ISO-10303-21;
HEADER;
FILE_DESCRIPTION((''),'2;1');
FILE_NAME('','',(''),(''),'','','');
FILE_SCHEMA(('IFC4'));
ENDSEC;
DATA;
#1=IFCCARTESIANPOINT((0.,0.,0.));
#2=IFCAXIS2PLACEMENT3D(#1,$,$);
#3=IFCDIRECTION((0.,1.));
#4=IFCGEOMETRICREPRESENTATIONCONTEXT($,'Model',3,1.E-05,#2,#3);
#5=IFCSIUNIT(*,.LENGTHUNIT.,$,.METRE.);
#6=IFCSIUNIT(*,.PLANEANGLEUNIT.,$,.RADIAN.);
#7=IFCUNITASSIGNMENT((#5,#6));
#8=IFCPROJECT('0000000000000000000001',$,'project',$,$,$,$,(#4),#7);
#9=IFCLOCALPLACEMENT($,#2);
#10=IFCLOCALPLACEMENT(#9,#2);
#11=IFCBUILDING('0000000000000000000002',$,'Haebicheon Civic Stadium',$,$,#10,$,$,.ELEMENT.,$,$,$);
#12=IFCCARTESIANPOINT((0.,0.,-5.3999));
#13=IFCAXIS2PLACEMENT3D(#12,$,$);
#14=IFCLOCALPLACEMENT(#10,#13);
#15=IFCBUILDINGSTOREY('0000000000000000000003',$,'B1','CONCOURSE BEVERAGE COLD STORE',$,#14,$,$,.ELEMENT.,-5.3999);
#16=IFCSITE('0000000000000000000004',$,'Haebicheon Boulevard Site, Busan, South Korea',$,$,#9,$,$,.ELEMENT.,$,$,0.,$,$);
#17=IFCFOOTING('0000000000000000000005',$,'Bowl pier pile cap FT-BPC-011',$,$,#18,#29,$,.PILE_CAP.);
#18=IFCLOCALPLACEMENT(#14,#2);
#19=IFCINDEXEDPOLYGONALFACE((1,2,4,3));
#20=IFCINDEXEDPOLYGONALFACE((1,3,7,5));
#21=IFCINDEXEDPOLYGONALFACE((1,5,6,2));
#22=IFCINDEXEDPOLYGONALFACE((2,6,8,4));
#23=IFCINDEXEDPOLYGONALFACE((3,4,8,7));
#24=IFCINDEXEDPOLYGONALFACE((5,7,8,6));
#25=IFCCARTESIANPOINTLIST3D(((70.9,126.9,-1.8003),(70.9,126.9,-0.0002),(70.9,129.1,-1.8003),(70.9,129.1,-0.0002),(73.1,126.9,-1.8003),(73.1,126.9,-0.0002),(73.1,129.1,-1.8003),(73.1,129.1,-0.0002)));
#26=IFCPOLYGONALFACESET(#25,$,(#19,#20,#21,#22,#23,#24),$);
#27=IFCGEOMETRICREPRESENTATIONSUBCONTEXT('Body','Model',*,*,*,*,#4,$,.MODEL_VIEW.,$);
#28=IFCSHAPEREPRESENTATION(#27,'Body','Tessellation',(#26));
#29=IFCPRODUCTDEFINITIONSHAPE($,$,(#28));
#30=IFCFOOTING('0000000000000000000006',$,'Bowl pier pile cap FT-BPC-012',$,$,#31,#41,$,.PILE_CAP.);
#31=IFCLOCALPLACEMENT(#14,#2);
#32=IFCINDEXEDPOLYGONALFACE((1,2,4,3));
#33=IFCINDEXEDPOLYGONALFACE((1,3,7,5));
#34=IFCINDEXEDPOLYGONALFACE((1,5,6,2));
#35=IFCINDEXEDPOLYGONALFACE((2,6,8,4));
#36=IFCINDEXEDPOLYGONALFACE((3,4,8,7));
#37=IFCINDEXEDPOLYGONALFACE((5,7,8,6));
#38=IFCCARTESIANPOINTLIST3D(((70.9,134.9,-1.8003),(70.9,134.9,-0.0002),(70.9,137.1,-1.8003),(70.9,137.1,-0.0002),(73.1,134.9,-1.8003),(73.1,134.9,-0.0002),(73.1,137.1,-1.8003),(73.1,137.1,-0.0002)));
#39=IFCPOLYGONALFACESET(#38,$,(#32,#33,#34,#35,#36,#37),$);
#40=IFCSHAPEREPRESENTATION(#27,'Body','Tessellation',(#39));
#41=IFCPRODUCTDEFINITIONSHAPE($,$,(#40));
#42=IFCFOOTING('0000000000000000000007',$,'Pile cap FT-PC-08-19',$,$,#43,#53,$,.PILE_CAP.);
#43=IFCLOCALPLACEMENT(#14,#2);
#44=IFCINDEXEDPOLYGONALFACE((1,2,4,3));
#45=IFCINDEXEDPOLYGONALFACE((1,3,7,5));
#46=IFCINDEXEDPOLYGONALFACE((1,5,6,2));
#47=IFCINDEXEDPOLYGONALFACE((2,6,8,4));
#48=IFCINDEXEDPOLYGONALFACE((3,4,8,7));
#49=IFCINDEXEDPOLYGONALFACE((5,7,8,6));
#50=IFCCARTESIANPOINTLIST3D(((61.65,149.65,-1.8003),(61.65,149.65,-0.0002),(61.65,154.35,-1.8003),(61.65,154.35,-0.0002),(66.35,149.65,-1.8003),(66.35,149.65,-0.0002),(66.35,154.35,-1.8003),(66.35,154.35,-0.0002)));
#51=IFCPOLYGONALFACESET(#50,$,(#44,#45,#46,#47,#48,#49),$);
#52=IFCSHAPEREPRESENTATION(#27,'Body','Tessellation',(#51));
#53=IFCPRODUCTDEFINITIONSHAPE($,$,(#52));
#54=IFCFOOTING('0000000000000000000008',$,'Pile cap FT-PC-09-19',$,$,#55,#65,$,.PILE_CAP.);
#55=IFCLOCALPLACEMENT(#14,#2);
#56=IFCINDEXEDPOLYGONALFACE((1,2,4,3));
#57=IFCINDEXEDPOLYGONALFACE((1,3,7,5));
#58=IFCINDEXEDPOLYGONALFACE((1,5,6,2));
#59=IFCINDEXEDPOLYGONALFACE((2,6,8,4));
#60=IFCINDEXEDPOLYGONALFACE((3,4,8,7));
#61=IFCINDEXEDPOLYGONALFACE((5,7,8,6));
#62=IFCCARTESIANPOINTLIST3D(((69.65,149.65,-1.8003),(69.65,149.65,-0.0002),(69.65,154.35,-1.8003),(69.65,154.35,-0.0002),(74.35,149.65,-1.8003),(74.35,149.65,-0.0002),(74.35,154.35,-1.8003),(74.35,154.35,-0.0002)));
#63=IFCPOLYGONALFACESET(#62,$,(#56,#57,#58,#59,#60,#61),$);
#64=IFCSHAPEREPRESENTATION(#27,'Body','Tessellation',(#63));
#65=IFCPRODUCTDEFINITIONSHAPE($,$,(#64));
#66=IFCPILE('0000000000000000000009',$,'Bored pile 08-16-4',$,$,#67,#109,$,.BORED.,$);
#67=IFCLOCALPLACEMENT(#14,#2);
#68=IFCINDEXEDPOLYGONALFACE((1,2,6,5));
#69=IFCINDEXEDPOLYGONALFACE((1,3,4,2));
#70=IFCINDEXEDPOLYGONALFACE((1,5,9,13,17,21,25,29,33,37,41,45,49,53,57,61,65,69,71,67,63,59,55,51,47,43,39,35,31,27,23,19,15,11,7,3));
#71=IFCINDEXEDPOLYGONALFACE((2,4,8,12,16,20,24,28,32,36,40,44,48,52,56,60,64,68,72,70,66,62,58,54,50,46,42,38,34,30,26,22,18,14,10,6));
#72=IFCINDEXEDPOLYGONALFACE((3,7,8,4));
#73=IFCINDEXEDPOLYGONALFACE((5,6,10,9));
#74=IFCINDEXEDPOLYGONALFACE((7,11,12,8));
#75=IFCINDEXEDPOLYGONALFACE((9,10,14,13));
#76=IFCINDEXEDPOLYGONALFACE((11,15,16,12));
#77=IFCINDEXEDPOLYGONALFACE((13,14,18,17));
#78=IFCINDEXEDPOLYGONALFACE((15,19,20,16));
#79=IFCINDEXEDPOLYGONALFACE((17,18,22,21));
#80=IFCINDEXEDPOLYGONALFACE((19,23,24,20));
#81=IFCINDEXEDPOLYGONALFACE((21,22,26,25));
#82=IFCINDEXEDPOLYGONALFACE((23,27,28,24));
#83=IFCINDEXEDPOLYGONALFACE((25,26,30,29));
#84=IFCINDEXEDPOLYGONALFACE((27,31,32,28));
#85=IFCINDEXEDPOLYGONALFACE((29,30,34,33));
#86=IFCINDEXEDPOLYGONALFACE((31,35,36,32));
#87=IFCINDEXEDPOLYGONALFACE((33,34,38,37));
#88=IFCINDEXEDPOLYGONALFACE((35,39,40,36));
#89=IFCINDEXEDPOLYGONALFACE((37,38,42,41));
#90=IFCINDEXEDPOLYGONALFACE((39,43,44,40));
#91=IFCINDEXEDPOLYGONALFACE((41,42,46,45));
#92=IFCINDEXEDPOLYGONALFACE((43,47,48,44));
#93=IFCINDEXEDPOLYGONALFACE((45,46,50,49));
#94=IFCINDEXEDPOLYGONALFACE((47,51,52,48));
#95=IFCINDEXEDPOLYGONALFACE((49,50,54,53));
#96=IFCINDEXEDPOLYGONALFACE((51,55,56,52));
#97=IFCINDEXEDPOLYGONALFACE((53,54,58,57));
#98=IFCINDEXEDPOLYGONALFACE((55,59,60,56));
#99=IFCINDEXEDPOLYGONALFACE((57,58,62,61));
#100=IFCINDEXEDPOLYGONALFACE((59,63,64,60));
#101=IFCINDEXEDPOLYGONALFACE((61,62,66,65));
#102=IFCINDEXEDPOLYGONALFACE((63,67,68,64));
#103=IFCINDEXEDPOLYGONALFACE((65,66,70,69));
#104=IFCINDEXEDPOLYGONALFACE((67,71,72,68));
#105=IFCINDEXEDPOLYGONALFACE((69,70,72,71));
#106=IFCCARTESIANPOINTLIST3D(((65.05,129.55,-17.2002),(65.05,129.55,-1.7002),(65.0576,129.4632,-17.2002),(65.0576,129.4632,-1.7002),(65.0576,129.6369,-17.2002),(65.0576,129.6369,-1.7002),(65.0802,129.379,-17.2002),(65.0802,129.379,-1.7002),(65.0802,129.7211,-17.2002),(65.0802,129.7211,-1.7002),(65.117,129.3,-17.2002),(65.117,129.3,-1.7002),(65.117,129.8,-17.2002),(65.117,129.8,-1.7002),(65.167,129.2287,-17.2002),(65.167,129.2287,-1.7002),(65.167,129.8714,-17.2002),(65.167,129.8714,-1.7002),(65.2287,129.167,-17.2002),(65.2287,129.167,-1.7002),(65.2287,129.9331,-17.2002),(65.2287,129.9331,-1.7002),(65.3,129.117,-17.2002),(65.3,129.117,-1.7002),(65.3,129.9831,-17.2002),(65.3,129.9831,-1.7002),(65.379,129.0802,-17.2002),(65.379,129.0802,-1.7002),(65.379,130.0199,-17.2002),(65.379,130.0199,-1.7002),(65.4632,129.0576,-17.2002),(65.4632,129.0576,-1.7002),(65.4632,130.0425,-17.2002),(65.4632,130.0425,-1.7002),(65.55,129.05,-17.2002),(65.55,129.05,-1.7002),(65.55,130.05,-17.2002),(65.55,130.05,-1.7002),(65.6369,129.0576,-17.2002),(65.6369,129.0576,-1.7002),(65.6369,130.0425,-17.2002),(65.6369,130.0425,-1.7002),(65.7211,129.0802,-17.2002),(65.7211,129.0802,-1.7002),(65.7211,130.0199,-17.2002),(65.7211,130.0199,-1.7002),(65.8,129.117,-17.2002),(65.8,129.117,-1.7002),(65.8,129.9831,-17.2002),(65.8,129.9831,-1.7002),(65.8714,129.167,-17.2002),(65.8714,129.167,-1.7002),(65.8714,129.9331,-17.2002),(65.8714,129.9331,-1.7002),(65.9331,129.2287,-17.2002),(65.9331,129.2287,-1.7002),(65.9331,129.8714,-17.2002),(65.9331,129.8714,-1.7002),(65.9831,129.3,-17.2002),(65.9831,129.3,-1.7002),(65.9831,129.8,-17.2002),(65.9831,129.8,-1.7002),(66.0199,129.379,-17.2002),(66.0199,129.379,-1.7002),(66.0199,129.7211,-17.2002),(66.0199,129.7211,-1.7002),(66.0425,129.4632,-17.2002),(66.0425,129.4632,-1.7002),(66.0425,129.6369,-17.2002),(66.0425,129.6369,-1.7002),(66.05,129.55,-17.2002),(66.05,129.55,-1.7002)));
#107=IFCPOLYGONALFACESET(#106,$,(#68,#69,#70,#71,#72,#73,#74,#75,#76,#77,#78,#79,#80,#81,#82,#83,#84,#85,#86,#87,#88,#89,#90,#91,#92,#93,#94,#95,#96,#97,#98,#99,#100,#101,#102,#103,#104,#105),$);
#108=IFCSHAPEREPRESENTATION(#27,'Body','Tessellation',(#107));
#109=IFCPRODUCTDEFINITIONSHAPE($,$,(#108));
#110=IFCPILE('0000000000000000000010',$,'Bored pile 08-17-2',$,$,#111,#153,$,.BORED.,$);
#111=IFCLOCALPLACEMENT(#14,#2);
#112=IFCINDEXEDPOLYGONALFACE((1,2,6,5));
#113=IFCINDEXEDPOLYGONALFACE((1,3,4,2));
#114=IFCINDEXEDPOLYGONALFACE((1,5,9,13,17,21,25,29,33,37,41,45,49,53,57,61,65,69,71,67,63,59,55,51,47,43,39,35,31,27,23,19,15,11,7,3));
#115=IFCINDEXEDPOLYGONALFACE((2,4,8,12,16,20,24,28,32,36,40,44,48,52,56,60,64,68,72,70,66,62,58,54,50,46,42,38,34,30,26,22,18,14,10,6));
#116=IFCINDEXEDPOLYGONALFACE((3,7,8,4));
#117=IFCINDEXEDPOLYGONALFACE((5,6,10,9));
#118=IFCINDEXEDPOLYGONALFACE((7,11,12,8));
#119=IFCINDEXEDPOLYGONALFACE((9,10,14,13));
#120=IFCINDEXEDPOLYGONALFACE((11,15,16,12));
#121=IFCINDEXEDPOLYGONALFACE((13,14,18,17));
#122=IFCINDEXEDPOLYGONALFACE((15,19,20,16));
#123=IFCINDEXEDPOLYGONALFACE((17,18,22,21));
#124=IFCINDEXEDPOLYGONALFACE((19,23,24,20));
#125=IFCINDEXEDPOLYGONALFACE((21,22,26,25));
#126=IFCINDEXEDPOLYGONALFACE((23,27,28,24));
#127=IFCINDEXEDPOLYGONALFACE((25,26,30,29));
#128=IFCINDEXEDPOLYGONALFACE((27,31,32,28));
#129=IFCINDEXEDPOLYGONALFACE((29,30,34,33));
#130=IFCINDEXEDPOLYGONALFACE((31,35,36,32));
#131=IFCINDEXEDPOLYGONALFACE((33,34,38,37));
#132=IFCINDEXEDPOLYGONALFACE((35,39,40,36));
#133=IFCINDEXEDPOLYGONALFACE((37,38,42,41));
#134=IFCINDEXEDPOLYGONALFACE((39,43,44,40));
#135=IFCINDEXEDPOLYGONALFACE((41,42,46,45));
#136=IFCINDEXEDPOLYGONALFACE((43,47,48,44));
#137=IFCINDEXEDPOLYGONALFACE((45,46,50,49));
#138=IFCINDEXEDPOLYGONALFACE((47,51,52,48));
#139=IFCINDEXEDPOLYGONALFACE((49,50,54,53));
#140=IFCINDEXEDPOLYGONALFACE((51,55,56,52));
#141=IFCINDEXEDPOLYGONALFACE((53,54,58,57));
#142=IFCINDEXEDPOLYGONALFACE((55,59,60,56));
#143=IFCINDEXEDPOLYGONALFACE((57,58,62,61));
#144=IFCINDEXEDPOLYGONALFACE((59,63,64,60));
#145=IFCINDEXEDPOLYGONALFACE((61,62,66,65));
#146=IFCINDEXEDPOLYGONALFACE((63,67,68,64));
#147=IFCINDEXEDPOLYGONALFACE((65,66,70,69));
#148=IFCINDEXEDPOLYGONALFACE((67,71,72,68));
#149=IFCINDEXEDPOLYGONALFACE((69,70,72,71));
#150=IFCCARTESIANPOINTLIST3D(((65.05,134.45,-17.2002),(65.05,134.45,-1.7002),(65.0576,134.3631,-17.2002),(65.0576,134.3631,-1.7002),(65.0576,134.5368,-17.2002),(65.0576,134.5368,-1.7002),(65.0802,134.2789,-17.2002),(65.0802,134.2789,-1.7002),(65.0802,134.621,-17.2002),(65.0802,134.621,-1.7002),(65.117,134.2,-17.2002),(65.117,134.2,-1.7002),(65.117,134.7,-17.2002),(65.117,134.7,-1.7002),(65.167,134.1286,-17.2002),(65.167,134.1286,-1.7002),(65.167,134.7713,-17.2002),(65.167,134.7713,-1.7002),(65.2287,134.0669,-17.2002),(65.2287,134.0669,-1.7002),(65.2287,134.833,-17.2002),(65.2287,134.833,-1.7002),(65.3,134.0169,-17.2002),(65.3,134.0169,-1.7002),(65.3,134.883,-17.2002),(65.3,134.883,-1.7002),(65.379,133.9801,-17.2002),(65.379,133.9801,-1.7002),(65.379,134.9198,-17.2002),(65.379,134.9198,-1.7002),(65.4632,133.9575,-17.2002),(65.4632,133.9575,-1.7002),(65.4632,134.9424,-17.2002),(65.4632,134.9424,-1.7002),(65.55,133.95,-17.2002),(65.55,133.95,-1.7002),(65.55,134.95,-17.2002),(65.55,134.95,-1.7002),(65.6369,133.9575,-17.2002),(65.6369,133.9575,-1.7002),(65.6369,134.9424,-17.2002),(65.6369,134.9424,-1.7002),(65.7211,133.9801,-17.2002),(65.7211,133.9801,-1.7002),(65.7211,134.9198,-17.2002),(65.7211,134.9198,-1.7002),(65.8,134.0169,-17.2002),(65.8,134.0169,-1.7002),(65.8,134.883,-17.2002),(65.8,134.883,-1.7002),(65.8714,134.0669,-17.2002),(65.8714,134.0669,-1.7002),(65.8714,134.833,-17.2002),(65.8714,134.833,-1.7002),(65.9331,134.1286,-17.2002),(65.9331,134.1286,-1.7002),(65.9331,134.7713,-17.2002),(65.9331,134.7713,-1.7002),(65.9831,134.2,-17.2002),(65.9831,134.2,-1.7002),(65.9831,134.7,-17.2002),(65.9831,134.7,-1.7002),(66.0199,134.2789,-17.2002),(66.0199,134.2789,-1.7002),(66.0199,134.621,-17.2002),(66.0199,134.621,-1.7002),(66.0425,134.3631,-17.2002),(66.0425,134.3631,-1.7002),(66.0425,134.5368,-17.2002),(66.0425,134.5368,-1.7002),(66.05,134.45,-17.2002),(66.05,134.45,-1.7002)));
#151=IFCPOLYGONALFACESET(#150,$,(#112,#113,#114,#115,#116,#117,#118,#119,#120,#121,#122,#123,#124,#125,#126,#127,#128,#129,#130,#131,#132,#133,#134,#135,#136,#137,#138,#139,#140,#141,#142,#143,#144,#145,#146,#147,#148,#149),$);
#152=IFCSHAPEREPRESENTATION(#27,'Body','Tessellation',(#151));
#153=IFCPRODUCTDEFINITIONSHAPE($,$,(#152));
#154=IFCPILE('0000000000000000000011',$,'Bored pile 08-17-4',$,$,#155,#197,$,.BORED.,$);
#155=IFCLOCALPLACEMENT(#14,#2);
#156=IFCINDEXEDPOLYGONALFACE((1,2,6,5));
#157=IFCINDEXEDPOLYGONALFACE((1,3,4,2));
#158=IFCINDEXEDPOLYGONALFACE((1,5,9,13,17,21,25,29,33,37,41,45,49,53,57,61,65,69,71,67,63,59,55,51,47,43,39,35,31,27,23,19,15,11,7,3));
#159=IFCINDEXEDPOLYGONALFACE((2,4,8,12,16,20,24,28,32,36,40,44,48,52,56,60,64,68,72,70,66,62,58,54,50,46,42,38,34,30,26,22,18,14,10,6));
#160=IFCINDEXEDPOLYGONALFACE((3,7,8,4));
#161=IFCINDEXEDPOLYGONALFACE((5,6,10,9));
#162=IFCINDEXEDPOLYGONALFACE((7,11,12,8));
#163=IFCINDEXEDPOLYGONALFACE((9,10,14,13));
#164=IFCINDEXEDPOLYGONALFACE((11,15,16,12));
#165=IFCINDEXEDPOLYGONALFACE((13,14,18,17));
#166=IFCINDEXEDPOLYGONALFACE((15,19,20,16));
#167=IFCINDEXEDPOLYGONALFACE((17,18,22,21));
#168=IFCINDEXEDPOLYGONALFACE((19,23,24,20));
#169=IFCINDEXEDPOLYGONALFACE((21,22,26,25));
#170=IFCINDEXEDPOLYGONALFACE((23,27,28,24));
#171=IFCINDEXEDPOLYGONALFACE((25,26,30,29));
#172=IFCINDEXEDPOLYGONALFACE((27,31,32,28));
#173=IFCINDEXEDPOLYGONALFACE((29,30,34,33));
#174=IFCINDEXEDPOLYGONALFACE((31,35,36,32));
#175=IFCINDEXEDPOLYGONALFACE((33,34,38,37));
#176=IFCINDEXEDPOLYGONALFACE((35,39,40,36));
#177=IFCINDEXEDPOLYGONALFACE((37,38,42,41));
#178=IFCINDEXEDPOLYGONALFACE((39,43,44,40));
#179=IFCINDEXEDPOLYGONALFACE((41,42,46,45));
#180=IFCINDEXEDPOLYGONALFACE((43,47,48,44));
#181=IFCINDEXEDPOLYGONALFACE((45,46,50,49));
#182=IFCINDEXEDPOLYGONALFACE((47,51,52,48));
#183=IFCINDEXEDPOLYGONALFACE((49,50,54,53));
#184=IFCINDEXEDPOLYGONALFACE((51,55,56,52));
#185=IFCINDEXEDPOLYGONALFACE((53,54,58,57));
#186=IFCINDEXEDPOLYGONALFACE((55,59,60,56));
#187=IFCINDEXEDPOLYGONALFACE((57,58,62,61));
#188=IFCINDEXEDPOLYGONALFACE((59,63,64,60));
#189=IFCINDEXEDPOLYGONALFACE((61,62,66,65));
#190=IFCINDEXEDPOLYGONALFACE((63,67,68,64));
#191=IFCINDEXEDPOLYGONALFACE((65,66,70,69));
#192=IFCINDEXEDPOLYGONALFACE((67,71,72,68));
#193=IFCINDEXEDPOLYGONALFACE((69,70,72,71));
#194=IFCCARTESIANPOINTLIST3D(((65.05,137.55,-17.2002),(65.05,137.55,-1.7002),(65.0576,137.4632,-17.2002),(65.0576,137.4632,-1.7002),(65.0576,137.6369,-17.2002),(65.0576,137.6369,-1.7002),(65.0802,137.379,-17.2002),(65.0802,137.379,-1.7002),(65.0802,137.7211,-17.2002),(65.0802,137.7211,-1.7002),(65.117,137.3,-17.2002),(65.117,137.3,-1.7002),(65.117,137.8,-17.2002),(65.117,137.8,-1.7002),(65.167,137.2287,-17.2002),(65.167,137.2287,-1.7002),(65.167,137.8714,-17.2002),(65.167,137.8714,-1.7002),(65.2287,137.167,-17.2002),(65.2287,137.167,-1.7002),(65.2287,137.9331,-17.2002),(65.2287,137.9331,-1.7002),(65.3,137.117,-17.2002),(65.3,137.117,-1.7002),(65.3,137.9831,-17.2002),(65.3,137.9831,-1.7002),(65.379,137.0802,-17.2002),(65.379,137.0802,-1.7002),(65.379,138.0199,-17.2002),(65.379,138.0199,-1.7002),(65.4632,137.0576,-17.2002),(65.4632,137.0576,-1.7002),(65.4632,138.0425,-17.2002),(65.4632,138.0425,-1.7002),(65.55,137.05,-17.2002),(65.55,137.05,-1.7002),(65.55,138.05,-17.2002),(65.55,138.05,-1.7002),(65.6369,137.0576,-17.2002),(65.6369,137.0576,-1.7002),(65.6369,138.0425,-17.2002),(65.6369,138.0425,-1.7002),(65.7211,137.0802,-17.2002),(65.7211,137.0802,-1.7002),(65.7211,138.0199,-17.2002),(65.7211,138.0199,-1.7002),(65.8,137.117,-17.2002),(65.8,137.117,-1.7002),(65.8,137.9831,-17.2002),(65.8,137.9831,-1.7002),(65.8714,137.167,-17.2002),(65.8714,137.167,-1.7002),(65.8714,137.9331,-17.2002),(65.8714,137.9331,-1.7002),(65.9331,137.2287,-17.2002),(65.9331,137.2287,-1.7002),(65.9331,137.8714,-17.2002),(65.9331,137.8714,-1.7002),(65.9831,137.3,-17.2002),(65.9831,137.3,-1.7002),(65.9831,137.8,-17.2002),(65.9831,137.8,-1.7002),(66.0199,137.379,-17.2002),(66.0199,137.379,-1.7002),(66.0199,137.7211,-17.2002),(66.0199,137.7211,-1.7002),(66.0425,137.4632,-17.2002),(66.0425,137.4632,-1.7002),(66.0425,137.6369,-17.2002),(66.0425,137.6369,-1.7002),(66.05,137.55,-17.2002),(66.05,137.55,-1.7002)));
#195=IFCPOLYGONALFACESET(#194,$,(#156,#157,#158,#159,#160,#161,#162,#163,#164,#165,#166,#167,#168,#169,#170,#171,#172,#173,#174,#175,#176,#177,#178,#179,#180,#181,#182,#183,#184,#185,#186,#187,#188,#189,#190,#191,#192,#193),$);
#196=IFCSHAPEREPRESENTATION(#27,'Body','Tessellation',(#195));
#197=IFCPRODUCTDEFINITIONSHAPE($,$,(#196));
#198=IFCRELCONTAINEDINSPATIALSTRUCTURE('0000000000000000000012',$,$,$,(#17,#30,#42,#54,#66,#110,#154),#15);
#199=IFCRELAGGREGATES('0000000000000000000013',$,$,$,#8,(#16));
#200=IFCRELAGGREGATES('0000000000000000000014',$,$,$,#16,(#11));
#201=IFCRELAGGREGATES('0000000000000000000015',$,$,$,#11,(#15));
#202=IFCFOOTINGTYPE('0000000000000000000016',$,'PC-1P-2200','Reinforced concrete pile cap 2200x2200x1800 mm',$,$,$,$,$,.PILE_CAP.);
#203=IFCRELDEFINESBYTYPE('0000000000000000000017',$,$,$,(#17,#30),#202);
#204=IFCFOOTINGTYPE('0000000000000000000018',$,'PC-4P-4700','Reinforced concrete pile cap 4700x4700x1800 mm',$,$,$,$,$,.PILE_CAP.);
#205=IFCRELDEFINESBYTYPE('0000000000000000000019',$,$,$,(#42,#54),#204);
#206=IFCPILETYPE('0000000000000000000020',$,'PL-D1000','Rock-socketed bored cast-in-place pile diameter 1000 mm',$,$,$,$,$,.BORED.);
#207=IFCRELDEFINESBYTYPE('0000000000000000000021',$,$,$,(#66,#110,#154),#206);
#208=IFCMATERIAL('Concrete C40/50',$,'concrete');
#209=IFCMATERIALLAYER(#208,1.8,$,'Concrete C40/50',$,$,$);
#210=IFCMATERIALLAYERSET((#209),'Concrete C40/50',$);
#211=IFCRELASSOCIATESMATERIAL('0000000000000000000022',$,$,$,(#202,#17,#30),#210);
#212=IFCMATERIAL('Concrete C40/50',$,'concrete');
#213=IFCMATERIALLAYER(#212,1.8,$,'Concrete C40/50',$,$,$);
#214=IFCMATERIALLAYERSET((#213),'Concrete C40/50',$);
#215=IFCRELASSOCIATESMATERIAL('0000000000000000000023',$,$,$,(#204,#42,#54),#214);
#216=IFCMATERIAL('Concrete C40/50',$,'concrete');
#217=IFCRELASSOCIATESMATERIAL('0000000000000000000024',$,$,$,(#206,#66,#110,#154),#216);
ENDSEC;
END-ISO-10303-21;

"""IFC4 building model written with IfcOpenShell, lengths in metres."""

from ifc_helpers import new_model, si_unit, direction, frame, origin, origin_2d, place, context, subcontext, project, spatial, rectangle, circle, extrude, material, layer, layer_set, material_profile, profile_set, type_object, element, save


model = new_model("IFC4")

# Units and contexts
model_context = context("Model", 3, precision=1e-05, world=origin(), true_north=direction((0.0, 1.0)))
body_context = subcontext(model_context, "Body", "Model", "MODEL_VIEW")
ifc_project = project(units=[si_unit("LENGTHUNIT", "METRE"), si_unit("PLANEANGLEUNIT", "RADIAN")], contexts=[model_context])

# Site, building, storey
site_placement = place(None, origin())
site = spatial("IfcSite", under=ifc_project, at=site_placement, Name="Haebicheon Boulevard Site, Busan, South Korea", CompositionType="ELEMENT", RefElevation=0.0)
building_placement = place(site_placement, origin())
building = spatial("IfcBuilding", under=site, at=building_placement, Name="Haebicheon Civic Stadium", CompositionType="ELEMENT")
storey_placement = place(building_placement, frame((0.0, 0.0, -5.3999)))
storey = spatial("IfcBuildingStorey", under=building, at=storey_placement, Name="B1", Description="CONCOURSE BEVERAGE COLD STORE", CompositionType="ELEMENT", Elevation=-5.3999)

# Footings
ifc_material_1 = material(Name="Concrete C40/50", Category="concrete")
ifc_layer_1 = layer(ifc_material_1, 1.8, Name="Concrete C40/50")
ifc_layer_set_1 = layer_set([ifc_layer_1], Name="Concrete C40/50")
footing_type_1 = type_object("IfcFootingType", Name="PC-1P-2200", Description="Reinforced concrete pile cap 2200x2200x1800 mm", PredefinedType="PILE_CAP", material=ifc_layer_set_1)
for number, where, z_axis, x_axis, name in (
    (1, (72.0, 128.0, -1.8003), (0.0, 0.0, 1.0), (1.0, 0.0, 0.0), "Bowl pier pile cap FT-BPC-011"),
    (2, (72.0, 136.0, -1.8003), (0.0, 0.0, 1.0), (1.0, 0.0, 0.0), "Bowl pier pile cap FT-BPC-012"),
):
    element("IfcFooting", number, at=place(storey_placement, frame(where, z_axis=z_axis, x_axis=x_axis)), inside=storey, type_object=footing_type_1, material=ifc_layer_set_1, Name=name, PredefinedType="PILE_CAP", context=body_context, shape_type="SweptSolid", body=[
        extrude(rectangle(XDim=2.2, YDim=2.2, at=origin_2d()), origin(), (0.0, 0.0, 1.0), 1.8),
    ])
ifc_material_2 = material(Name="Concrete C40/50", Category="concrete")
ifc_layer_2 = layer(ifc_material_2, 1.8, Name="Concrete C40/50")
ifc_layer_set_2 = layer_set([ifc_layer_2], Name="Concrete C40/50")
footing_type_2 = type_object("IfcFootingType", Name="PC-4P-4700", Description="Reinforced concrete pile cap 4700x4700x1800 mm", PredefinedType="PILE_CAP", material=ifc_layer_set_2)
for number, where, z_axis, x_axis, name in (
    (3, (64.0, 152.0, -1.8003), (0.0, 0.0, 1.0), (1.0, 0.0, 0.0), "Pile cap FT-PC-08-19"),
    (4, (72.0, 152.0, -1.8003), (0.0, 0.0, 1.0), (1.0, 0.0, 0.0), "Pile cap FT-PC-09-19"),
):
    element("IfcFooting", number, at=place(storey_placement, frame(where, z_axis=z_axis, x_axis=x_axis)), inside=storey, type_object=footing_type_2, material=ifc_layer_set_2, Name=name, PredefinedType="PILE_CAP", context=body_context, shape_type="SweptSolid", body=[
        extrude(rectangle(XDim=4.7, YDim=4.7, at=origin_2d()), origin(), (0.0, 0.0, 1.0), 1.8),
    ])

# Piles
ifc_material_3 = material(Name="Concrete C40/50", Category="concrete")
ifc_material_profile_1 = material_profile(ifc_material_3, circle(Radius=0.5, at=origin_2d()), Name="PILE-D1000")
ifc_profile_set_1 = profile_set([ifc_material_profile_1], Name="Concrete C40/50")
pile_type = type_object("IfcPileType", Name="PL-D1000", Description="Rock-socketed bored cast-in-place pile diameter 1000 mm", PredefinedType="BORED", material=ifc_profile_set_1)
for number, where, z_axis, x_axis, name in (
    (5, (65.55, 129.55, -1.7002), (0.0, 0.0, -1.0), (1.0, 0.0, 0.0), "Bored pile 08-16-4"),
    (6, (65.55, 134.45, -1.7002), (0.0, 0.0, -1.0), (1.0, 0.0, 0.0), "Bored pile 08-17-2"),
    (7, (65.55, 137.55, -1.7002), (0.0, 0.0, -1.0), (1.0, 0.0, 0.0), "Bored pile 08-17-4"),
):
    element("IfcPile", number, at=place(storey_placement, frame(where, z_axis=z_axis, x_axis=x_axis)), inside=storey, type_object=pile_type, material=ifc_profile_set_1, Name=name, PredefinedType="BORED", context=body_context, shape_type="SweptSolid", body=[
        extrude(circle(Radius=0.5, at=origin_2d()), origin(), (0.0, 0.0, 1.0), 15.5),
    ])

save(model, "model.ifc")
